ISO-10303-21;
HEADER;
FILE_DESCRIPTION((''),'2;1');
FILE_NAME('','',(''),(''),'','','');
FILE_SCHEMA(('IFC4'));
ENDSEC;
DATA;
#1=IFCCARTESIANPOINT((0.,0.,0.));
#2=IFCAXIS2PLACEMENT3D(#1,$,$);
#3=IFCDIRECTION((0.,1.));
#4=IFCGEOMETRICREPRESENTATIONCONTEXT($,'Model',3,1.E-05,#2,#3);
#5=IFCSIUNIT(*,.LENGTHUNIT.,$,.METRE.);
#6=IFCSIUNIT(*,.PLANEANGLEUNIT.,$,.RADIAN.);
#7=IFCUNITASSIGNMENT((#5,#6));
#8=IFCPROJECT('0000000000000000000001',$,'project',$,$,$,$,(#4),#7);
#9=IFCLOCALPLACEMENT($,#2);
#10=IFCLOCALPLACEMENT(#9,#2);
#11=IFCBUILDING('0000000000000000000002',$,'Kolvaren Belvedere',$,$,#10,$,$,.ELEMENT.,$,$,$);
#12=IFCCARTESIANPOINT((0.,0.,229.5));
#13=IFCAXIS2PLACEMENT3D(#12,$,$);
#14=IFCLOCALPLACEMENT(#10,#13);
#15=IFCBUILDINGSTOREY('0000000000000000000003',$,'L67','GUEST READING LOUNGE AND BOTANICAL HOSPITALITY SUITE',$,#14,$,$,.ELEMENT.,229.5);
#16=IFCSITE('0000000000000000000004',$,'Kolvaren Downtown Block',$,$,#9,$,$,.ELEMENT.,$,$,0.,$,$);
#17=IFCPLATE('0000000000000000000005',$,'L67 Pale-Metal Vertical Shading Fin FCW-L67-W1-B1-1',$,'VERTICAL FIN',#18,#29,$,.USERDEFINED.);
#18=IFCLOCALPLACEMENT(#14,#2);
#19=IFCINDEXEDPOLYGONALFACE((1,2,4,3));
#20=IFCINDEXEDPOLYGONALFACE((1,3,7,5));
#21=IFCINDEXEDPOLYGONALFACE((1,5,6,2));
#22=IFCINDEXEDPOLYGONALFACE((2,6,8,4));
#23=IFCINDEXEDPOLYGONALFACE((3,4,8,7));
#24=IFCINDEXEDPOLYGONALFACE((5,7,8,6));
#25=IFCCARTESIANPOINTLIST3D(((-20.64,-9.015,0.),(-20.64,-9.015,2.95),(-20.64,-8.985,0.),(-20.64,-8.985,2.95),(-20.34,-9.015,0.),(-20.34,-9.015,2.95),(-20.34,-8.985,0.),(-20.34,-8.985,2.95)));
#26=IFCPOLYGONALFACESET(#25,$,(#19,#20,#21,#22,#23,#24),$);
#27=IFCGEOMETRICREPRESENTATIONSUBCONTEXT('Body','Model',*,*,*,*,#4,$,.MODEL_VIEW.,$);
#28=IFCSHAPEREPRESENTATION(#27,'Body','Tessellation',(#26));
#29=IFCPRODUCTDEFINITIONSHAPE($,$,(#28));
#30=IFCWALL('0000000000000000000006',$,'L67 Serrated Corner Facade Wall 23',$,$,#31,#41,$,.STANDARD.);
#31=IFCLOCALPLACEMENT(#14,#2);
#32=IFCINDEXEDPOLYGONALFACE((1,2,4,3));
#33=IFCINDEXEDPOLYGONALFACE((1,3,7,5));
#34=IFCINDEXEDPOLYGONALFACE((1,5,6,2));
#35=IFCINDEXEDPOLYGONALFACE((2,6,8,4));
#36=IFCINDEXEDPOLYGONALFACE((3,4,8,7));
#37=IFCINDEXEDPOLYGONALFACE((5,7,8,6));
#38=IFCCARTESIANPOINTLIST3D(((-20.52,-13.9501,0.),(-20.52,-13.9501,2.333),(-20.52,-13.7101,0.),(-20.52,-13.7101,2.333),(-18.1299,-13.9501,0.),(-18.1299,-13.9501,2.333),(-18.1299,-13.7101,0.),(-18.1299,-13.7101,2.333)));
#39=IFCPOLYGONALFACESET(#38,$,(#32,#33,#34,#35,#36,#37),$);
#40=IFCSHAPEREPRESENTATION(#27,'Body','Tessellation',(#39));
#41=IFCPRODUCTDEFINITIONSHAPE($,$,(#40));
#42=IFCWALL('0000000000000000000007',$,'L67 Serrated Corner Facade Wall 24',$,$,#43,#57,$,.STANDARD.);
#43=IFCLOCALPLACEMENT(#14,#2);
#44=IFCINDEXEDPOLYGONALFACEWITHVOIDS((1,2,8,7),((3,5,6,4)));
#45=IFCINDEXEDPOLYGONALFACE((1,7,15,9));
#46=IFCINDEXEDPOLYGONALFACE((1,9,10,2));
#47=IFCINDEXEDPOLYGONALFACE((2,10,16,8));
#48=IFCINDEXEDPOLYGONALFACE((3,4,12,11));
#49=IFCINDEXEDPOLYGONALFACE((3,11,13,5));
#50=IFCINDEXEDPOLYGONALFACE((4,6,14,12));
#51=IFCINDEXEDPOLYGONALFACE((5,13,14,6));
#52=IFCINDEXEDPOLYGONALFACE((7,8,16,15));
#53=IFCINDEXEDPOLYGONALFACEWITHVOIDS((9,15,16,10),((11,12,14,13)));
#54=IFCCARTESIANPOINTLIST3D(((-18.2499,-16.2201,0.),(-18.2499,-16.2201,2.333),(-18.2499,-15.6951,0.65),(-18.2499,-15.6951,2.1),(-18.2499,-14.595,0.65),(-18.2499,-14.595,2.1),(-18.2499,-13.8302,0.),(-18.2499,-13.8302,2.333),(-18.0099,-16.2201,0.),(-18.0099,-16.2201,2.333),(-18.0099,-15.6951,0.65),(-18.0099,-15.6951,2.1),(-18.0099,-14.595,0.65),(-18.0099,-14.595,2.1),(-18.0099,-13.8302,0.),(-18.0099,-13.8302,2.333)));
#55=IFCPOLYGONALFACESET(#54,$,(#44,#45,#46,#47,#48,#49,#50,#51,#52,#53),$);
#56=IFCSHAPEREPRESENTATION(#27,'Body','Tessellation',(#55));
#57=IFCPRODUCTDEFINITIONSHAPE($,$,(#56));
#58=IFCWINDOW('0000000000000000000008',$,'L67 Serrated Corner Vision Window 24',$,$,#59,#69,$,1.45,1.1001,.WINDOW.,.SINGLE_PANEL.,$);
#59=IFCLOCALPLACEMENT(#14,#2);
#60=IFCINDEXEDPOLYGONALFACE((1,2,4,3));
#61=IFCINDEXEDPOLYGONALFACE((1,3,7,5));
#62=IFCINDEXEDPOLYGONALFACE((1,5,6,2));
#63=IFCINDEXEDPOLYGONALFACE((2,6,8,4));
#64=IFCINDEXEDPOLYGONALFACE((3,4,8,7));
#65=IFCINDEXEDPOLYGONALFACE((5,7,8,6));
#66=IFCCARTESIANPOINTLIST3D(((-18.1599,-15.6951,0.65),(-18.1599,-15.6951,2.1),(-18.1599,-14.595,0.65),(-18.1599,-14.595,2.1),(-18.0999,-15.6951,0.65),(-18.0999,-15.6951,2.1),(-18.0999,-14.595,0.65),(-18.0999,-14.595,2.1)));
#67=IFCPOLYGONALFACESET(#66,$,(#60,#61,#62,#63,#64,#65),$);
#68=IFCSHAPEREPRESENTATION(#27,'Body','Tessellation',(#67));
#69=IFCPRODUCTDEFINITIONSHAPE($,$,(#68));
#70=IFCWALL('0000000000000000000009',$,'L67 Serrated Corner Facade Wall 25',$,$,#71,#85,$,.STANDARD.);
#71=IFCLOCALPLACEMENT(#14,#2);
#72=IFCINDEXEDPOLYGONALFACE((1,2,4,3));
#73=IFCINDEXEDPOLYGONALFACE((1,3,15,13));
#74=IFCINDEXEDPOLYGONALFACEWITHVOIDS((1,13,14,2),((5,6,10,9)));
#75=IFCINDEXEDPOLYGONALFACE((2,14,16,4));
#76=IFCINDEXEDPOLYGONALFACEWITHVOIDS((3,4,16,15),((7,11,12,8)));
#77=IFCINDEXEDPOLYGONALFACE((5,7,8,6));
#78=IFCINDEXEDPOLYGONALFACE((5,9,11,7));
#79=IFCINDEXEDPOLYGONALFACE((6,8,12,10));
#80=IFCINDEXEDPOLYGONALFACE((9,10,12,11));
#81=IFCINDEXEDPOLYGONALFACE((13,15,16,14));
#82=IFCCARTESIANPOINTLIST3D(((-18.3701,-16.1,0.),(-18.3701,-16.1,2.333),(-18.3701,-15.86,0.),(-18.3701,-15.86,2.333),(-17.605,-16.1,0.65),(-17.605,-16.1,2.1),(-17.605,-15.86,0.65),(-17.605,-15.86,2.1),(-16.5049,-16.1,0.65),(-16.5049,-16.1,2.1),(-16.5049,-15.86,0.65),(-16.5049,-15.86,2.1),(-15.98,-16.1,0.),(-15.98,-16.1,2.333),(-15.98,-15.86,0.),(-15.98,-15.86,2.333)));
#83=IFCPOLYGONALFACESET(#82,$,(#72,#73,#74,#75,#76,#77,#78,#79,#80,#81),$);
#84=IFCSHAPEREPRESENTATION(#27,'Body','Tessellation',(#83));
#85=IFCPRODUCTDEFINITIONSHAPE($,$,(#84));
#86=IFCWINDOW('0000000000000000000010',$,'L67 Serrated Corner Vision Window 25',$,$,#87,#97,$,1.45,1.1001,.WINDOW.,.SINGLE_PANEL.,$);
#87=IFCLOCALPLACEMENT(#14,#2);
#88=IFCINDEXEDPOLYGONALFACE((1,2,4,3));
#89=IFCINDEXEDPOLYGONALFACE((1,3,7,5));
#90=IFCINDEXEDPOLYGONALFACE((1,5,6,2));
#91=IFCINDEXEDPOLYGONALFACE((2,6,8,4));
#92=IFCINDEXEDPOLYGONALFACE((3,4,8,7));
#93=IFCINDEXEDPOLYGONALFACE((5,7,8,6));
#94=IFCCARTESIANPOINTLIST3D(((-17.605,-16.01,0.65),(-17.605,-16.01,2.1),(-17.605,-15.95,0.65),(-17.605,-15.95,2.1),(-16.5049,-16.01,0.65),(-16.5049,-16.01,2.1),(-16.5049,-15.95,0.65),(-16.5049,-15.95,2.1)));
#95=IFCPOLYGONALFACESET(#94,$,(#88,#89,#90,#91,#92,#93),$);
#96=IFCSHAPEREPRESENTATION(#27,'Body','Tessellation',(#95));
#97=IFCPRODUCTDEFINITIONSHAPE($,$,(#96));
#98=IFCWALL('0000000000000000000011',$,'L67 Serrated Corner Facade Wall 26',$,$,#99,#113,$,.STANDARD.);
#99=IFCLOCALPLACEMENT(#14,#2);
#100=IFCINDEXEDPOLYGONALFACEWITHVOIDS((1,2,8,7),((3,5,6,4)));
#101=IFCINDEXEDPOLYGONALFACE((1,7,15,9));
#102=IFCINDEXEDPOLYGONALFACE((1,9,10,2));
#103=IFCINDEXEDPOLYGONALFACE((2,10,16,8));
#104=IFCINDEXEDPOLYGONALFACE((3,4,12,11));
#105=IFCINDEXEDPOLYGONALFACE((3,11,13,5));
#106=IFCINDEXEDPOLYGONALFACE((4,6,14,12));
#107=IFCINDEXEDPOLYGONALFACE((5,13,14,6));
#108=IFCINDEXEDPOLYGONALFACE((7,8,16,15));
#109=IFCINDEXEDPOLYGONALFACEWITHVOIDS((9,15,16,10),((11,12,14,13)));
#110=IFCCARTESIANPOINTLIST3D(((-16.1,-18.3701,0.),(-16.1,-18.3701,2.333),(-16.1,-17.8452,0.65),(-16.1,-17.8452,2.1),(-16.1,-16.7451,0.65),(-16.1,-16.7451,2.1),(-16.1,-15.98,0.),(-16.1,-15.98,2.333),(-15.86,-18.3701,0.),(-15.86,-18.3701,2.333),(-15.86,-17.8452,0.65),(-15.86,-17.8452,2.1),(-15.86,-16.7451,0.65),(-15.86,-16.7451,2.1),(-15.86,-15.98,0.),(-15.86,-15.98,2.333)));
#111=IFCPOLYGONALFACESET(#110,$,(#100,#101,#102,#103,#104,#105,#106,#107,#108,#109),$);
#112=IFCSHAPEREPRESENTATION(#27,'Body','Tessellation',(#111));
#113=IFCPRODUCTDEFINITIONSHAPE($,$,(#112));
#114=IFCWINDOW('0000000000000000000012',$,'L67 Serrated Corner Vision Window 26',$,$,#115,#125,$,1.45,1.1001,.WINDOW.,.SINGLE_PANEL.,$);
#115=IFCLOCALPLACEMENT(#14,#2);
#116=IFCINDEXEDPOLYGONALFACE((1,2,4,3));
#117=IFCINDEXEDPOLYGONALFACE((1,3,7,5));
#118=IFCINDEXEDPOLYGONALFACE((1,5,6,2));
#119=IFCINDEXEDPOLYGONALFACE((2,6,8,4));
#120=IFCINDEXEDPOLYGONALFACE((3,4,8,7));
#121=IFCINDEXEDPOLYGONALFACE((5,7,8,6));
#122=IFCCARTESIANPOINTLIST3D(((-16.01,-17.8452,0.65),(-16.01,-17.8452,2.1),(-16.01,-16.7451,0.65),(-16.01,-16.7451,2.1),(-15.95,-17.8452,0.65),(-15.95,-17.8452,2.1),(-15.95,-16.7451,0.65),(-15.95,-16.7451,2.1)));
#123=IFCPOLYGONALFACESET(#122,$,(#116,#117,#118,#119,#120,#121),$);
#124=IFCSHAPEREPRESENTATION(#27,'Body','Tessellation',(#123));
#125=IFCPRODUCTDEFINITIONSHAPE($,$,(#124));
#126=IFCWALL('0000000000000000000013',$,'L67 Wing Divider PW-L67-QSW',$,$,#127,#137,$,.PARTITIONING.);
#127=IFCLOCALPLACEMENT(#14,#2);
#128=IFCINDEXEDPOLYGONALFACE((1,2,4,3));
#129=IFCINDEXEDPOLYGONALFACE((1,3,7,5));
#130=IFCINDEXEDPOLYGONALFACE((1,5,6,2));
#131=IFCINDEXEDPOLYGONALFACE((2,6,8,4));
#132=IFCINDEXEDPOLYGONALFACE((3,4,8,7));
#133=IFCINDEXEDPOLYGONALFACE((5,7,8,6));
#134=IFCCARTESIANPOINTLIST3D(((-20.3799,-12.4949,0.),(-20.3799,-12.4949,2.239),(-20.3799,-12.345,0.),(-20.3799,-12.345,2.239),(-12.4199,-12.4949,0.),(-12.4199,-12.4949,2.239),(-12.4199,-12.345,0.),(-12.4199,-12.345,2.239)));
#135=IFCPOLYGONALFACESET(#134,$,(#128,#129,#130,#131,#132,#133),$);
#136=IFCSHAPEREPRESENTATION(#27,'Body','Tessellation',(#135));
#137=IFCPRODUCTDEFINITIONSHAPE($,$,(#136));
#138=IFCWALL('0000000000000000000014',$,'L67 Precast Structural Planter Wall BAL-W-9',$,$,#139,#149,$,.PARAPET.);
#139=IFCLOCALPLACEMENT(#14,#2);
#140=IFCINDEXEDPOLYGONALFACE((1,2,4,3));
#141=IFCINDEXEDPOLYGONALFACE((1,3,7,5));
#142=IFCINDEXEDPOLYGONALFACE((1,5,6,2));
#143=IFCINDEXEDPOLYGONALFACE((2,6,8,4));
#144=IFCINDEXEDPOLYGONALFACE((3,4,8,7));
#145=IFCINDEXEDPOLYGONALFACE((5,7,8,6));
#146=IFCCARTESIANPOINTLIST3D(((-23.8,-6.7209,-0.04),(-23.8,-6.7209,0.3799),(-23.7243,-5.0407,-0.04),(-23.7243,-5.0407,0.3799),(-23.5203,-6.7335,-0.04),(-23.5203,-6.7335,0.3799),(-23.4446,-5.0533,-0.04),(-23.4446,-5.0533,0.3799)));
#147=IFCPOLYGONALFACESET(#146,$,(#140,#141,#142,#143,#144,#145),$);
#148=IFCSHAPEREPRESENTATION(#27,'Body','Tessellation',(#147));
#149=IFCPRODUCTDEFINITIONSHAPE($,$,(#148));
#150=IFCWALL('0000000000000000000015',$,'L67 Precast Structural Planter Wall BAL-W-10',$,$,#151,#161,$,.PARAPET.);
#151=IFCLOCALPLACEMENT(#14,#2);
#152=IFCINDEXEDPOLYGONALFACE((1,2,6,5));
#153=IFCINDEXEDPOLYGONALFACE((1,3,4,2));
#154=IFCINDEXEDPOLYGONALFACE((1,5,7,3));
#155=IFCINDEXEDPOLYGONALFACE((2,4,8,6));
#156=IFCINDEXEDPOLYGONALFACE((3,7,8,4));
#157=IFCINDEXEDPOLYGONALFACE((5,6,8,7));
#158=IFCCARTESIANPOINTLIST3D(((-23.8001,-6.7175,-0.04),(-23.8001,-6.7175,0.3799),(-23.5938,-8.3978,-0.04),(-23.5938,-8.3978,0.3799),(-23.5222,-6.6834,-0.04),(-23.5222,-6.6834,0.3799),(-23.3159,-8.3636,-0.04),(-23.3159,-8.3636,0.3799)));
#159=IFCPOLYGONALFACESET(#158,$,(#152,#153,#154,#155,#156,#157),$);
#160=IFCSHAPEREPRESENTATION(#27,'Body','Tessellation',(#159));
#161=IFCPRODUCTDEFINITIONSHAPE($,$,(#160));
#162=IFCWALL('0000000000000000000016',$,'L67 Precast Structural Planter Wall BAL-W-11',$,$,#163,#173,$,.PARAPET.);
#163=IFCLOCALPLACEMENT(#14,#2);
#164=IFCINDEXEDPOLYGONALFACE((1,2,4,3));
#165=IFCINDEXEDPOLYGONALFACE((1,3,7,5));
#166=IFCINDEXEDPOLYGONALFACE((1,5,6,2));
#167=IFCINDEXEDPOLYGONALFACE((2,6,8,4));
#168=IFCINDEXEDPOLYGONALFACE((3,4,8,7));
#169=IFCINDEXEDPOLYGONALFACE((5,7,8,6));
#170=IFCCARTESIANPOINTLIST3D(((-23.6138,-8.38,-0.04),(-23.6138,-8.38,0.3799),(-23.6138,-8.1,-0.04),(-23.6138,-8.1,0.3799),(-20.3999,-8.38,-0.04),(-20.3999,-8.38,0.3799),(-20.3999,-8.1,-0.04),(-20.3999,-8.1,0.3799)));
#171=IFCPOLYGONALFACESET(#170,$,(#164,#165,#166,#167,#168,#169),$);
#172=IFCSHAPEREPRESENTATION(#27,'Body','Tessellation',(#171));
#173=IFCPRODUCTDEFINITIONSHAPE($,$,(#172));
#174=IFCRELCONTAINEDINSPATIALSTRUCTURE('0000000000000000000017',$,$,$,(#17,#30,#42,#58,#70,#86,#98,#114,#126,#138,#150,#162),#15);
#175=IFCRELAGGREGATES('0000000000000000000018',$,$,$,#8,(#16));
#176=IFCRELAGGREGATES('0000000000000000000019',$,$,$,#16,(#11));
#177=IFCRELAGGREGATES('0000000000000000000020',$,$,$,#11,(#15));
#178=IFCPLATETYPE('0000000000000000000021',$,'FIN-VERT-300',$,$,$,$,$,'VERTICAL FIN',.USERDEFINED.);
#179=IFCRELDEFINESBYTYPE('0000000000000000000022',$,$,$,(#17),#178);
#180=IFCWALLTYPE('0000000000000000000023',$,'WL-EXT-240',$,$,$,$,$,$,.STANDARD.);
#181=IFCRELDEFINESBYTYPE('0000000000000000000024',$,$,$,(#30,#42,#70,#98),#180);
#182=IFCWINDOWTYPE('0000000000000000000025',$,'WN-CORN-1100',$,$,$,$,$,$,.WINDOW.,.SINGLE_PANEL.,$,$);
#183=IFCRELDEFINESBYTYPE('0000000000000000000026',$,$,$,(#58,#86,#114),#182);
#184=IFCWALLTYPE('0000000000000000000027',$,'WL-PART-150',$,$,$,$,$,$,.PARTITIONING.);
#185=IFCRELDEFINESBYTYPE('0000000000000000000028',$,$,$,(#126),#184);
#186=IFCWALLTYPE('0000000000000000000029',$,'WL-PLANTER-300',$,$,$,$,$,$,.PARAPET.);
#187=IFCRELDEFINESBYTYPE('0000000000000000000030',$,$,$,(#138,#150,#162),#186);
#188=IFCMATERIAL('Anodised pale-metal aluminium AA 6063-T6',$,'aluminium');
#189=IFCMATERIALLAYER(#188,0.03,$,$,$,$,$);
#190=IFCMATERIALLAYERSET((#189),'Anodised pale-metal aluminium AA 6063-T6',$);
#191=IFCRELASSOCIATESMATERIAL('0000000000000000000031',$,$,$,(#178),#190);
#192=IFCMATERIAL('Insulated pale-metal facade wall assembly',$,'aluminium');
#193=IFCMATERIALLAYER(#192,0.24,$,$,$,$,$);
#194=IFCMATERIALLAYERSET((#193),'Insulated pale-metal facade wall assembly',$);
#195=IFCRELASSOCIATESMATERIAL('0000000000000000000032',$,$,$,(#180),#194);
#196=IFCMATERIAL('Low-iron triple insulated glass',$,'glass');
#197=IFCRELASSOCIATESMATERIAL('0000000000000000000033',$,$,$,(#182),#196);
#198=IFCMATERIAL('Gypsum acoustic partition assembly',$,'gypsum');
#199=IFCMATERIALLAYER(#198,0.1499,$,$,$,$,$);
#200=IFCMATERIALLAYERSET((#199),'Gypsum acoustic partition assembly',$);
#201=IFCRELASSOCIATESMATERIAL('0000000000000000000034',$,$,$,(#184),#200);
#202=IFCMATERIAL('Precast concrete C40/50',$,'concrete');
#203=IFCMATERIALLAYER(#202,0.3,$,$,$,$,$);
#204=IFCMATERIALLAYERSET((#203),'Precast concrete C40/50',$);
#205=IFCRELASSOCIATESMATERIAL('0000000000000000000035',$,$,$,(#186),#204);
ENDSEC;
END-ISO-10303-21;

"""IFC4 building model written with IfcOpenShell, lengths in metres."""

from ifc_helpers import new_model, si_unit, direction, frame, frame_2d, origin, origin_2d, place, context, subcontext, project, spatial, rectangle, extrude, material, layer, layer_set, type_object, element, fill, save


model = new_model("IFC4")

# Units and contexts
model_context = context("Model", 3, precision=1e-05, world=origin(), true_north=direction((0.0, 1.0)))
body_context = subcontext(model_context, "Body", "Model", "MODEL_VIEW")
ifc_project = project(units=[si_unit("LENGTHUNIT", "METRE"), si_unit("PLANEANGLEUNIT", "RADIAN")], contexts=[model_context])

# Site, building, storey
site_placement = place(None, origin())
site = spatial("IfcSite", under=ifc_project, at=site_placement, Name="Kolvaren Downtown Block", CompositionType="ELEMENT", RefElevation=0.0)
building_placement = place(site_placement, origin())
building = spatial("IfcBuilding", under=site, at=building_placement, Name="Kolvaren Belvedere", CompositionType="ELEMENT")
storey_placement = place(building_placement, frame((0.0, 0.0, 229.5)))
storey = spatial("IfcBuildingStorey", under=building, at=storey_placement, Name="L67", Description="GUEST READING LOUNGE AND BOTANICAL HOSPITALITY SUITE", CompositionType="ELEMENT", Elevation=229.5)

# Plate
ifc_material_1 = material(Name="Anodised pale-metal aluminium AA 6063-T6", Category="aluminium")
ifc_layer_1 = layer(ifc_material_1, 0.03)
ifc_layer_set_1 = layer_set([ifc_layer_1], Name="Anodised pale-metal aluminium AA 6063-T6")
plate_type_1 = type_object("IfcPlateType", Name="FIN-VERT-300", ElementType="VERTICAL FIN", PredefinedType="USERDEFINED", material=ifc_layer_set_1)
plate_1_placement = place(storey_placement, frame((-20.49, -9.0, 0.0), z_axis=(0.0, 0.0, 1.0), x_axis=(1.0, 0.0, 0.0)))
element("IfcPlate", 1, at=plate_1_placement, inside=storey, type_object=plate_type_1, Name="L67 Pale-Metal Vertical Shading Fin FCW-L67-W1-B1-1", ObjectType="VERTICAL FIN", PredefinedType="USERDEFINED", context=body_context, shape_type="SweptSolid", body=[
    extrude(rectangle(XDim=0.3, YDim=0.03, at=origin_2d()), origin(), (0.0, 0.0, 1.0), 2.95),
])

# Wall
ifc_material_2 = material(Name="Insulated pale-metal facade wall assembly", Category="aluminium")
ifc_layer_2 = layer(ifc_material_2, 0.24)
ifc_layer_set_2 = layer_set([ifc_layer_2], Name="Insulated pale-metal facade wall assembly")
wall_type_1 = type_object("IfcWallType", Name="WL-EXT-240", PredefinedType="STANDARD", material=ifc_layer_set_2)
wall_1_placement = place(storey_placement, frame((-18.1299, -13.8301, 0.0), z_axis=(0.0, 0.0, 1.0), x_axis=(-1.0, 0.0, 0.0)))
element("IfcWall", 2, at=wall_1_placement, inside=storey, type_object=wall_type_1, Name="L67 Serrated Corner Facade Wall 23", PredefinedType="STANDARD", context=body_context, shape_type="SweptSolid", body=[
    extrude(rectangle(XDim=2.3901, YDim=0.24, at=frame_2d((1.1951, 0.0))), origin(), (0.0, 0.0, 1.0), 2.333),
])

# Walls, openings, windows
wall_2_placement = place(storey_placement, frame((-18.1299, -16.22, 0.0), z_axis=(0.0, 0.0, 1.0), x_axis=(0.0, 1.0, 0.0)))
wall_2 = element("IfcWall", 3, at=wall_2_placement, inside=storey, type_object=wall_type_1, Name="L67 Serrated Corner Facade Wall 24", PredefinedType="STANDARD", context=body_context, shape_type="SweptSolid", body=[
    extrude(rectangle(XDim=2.3899, YDim=0.24, at=frame_2d((1.1948, 0.0))), origin(), (0.0, 0.0, 1.0), 2.333),
])
opening_1_placement = place(wall_2_placement, frame((0.5249, 0.0, 0.6499)))
opening_1 = element("IfcOpeningElement", 4, at=opening_1_placement, cuts=wall_2, PredefinedType="OPENING", context=body_context, shape_type="SweptSolid", body=[
    extrude(rectangle(XDim=1.1001, YDim=1.45, at=frame_2d((0.55, 0.7251))), frame((0.0, 0.1299, 0.0), z_axis=(0.0, -1.0, 0.0), x_axis=(1.0, 0.0, 0.0)), (0.0, 0.0, 1.0), 0.26),
])
ifc_material_3 = material(Name="Low-iron triple insulated glass", Category="glass")
window_type = type_object("IfcWindowType", Name="WN-CORN-1100", PartitioningType="SINGLE_PANEL", PredefinedType="WINDOW", material=ifc_material_3)
window_1_placement = place(opening_1_placement, origin())
window_1 = element("IfcWindow", 5, at=window_1_placement, inside=storey, type_object=window_type, Name="L67 Serrated Corner Vision Window 24", OverallHeight=1.45, OverallWidth=1.1001, PartitioningType="SINGLE_PANEL", PredefinedType="WINDOW", context=body_context, shape_type="SweptSolid", body=[
    extrude(rectangle(XDim=1.1001, YDim=1.45, at=frame_2d((0.55, 0.7251))), frame((0.0, 0.03, 0.0), z_axis=(0.0, -1.0, 0.0), x_axis=(1.0, 0.0, 0.0)), (0.0, 0.0, 1.0), 0.0601),
])
fill(opening_1, window_1)
wall_3_placement = place(storey_placement, frame((-15.98, -15.98, 0.0), z_axis=(0.0, 0.0, 1.0), x_axis=(-1.0, 0.0, 0.0)))
wall_3 = element("IfcWall", 6, at=wall_3_placement, inside=storey, type_object=wall_type_1, Name="L67 Serrated Corner Facade Wall 25", PredefinedType="STANDARD", context=body_context, shape_type="SweptSolid", body=[
    extrude(rectangle(XDim=2.3901, YDim=0.24, at=frame_2d((1.1951, 0.0))), origin(), (0.0, 0.0, 1.0), 2.333),
])
opening_2_placement = place(wall_3_placement, frame((0.5249, 0.0, 0.6499)))
opening_2 = element("IfcOpeningElement", 7, at=opening_2_placement, cuts=wall_3, PredefinedType="OPENING", context=body_context, shape_type="SweptSolid", body=[
    extrude(rectangle(XDim=1.1001, YDim=1.45, at=frame_2d((0.55, 0.7251))), frame((0.0, 0.1299, 0.0), z_axis=(0.0, -1.0, 0.0), x_axis=(1.0, 0.0, 0.0)), (0.0, 0.0, 1.0), 0.26),
])
window_2_placement = place(opening_2_placement, origin())
window_2 = element("IfcWindow", 8, at=window_2_placement, inside=storey, type_object=window_type, Name="L67 Serrated Corner Vision Window 25", OverallHeight=1.45, OverallWidth=1.1001, PartitioningType="SINGLE_PANEL", PredefinedType="WINDOW", context=body_context, shape_type="SweptSolid", body=[
    extrude(rectangle(XDim=1.1001, YDim=1.45, at=frame_2d((0.55, 0.7251))), frame((0.0, 0.03, 0.0), z_axis=(0.0, -1.0, 0.0), x_axis=(1.0, 0.0, 0.0)), (0.0, 0.0, 1.0), 0.0601),
])
fill(opening_2, window_2)
wall_4_placement = place(storey_placement, frame((-15.98, -18.3701, 0.0), z_axis=(0.0, 0.0, 1.0), x_axis=(0.0, 1.0, 0.0)))
wall_4 = element("IfcWall", 9, at=wall_4_placement, inside=storey, type_object=wall_type_1, Name="L67 Serrated Corner Facade Wall 26", PredefinedType="STANDARD", context=body_context, shape_type="SweptSolid", body=[
    extrude(rectangle(XDim=2.3901, YDim=0.24, at=frame_2d((1.1951, 0.0))), origin(), (0.0, 0.0, 1.0), 2.333),
])
opening_3_placement = place(wall_4_placement, frame((0.5249, 0.0, 0.6499)))
opening_3 = element("IfcOpeningElement", 10, at=opening_3_placement, cuts=wall_4, PredefinedType="OPENING", context=body_context, shape_type="SweptSolid", body=[
    extrude(rectangle(XDim=1.1001, YDim=1.45, at=frame_2d((0.55, 0.7251))), frame((0.0, 0.1299, 0.0), z_axis=(0.0, -1.0, 0.0), x_axis=(1.0, 0.0, 0.0)), (0.0, 0.0, 1.0), 0.26),
])
window_3_placement = place(opening_3_placement, origin())
window_3 = element("IfcWindow", 11, at=window_3_placement, inside=storey, type_object=window_type, Name="L67 Serrated Corner Vision Window 26", OverallHeight=1.45, OverallWidth=1.1001, PartitioningType="SINGLE_PANEL", PredefinedType="WINDOW", context=body_context, shape_type="SweptSolid", body=[
    extrude(rectangle(XDim=1.1001, YDim=1.45, at=frame_2d((0.55, 0.7251))), frame((0.0, 0.03, 0.0), z_axis=(0.0, -1.0, 0.0), x_axis=(1.0, 0.0, 0.0)), (0.0, 0.0, 1.0), 0.0601),
])
fill(opening_3, window_3)

# Walls
ifc_material_4 = material(Name="Gypsum acoustic partition assembly", Category="gypsum")
ifc_layer_3 = layer(ifc_material_4, 0.1499)
ifc_layer_set_3 = layer_set([ifc_layer_3], Name="Gypsum acoustic partition assembly")
wall_type_2 = type_object("IfcWallType", Name="WL-PART-150", PredefinedType="PARTITIONING", material=ifc_layer_set_3)
wall_5_placement = place(storey_placement, frame((-20.3799, -12.4199, 0.0), z_axis=(0.0, 0.0, 1.0), x_axis=(1.0, 0.0, 0.0)))
element("IfcWall", 12, at=wall_5_placement, inside=storey, type_object=wall_type_2, Name="L67 Wing Divider PW-L67-QSW", PredefinedType="PARTITIONING", context=body_context, shape_type="SweptSolid", body=[
    extrude(rectangle(XDim=7.96, YDim=0.1499, at=frame_2d((3.98, 0.0))), origin(), (0.0, 0.0, 1.0), 2.239),
])
ifc_material_5 = material(Name="Precast concrete C40/50", Category="concrete")
ifc_layer_4 = layer(ifc_material_5, 0.3)
ifc_layer_set_4 = layer_set([ifc_layer_4], Name="Precast concrete C40/50")
wall_type_3 = type_object("IfcWallType", Name="WL-PLANTER-300", PredefinedType="PARAPET", material=ifc_layer_set_4)
wall_6_placement = place(storey_placement, frame((-23.5845, -5.0471, -0.04), z_axis=(0.0, 0.0, 1.0), x_axis=(-0.044999, -0.998987, 0.0)))
element("IfcWall", 13, at=wall_6_placement, inside=storey, type_object=wall_type_3, Name="L67 Precast Structural Planter Wall BAL-W-9", PredefinedType="PARAPET", context=body_context, shape_type="SweptSolid", body=[
    extrude(rectangle(XDim=1.6819, YDim=0.28, at=frame_2d((0.8408, 0.0))), origin(), (0.0, 0.0, 1.0), 0.4199),
])
wall_7_placement = place(storey_placement, frame((-23.6611, -6.7004, -0.04), z_axis=(0.0, 0.0, 1.0), x_axis=(0.121869, -0.992546, 0.0)))
element("IfcWall", 14, at=wall_7_placement, inside=storey, type_object=wall_type_3, Name="L67 Precast Structural Planter Wall BAL-W-10", PredefinedType="PARAPET", context=body_context, shape_type="SweptSolid", body=[
    extrude(rectangle(XDim=1.6929, YDim=0.28, at=frame_2d((0.8464, 0.0))), origin(), (0.0, 0.0, 1.0), 0.4199),
])
wall_8_placement = place(storey_placement, frame((-23.6138, -8.24, -0.04), z_axis=(0.0, 0.0, 1.0), x_axis=(1.0, 0.0, 0.0)))
element("IfcWall", 15, at=wall_8_placement, inside=storey, type_object=wall_type_3, Name="L67 Precast Structural Planter Wall BAL-W-11", PredefinedType="PARAPET", context=body_context, shape_type="SweptSolid", body=[
    extrude(rectangle(XDim=3.2139, YDim=0.28, at=frame_2d((1.6069, 0.0))), origin(), (0.0, 0.0, 1.0), 0.4199),
])

save(model, "model.ifc")
